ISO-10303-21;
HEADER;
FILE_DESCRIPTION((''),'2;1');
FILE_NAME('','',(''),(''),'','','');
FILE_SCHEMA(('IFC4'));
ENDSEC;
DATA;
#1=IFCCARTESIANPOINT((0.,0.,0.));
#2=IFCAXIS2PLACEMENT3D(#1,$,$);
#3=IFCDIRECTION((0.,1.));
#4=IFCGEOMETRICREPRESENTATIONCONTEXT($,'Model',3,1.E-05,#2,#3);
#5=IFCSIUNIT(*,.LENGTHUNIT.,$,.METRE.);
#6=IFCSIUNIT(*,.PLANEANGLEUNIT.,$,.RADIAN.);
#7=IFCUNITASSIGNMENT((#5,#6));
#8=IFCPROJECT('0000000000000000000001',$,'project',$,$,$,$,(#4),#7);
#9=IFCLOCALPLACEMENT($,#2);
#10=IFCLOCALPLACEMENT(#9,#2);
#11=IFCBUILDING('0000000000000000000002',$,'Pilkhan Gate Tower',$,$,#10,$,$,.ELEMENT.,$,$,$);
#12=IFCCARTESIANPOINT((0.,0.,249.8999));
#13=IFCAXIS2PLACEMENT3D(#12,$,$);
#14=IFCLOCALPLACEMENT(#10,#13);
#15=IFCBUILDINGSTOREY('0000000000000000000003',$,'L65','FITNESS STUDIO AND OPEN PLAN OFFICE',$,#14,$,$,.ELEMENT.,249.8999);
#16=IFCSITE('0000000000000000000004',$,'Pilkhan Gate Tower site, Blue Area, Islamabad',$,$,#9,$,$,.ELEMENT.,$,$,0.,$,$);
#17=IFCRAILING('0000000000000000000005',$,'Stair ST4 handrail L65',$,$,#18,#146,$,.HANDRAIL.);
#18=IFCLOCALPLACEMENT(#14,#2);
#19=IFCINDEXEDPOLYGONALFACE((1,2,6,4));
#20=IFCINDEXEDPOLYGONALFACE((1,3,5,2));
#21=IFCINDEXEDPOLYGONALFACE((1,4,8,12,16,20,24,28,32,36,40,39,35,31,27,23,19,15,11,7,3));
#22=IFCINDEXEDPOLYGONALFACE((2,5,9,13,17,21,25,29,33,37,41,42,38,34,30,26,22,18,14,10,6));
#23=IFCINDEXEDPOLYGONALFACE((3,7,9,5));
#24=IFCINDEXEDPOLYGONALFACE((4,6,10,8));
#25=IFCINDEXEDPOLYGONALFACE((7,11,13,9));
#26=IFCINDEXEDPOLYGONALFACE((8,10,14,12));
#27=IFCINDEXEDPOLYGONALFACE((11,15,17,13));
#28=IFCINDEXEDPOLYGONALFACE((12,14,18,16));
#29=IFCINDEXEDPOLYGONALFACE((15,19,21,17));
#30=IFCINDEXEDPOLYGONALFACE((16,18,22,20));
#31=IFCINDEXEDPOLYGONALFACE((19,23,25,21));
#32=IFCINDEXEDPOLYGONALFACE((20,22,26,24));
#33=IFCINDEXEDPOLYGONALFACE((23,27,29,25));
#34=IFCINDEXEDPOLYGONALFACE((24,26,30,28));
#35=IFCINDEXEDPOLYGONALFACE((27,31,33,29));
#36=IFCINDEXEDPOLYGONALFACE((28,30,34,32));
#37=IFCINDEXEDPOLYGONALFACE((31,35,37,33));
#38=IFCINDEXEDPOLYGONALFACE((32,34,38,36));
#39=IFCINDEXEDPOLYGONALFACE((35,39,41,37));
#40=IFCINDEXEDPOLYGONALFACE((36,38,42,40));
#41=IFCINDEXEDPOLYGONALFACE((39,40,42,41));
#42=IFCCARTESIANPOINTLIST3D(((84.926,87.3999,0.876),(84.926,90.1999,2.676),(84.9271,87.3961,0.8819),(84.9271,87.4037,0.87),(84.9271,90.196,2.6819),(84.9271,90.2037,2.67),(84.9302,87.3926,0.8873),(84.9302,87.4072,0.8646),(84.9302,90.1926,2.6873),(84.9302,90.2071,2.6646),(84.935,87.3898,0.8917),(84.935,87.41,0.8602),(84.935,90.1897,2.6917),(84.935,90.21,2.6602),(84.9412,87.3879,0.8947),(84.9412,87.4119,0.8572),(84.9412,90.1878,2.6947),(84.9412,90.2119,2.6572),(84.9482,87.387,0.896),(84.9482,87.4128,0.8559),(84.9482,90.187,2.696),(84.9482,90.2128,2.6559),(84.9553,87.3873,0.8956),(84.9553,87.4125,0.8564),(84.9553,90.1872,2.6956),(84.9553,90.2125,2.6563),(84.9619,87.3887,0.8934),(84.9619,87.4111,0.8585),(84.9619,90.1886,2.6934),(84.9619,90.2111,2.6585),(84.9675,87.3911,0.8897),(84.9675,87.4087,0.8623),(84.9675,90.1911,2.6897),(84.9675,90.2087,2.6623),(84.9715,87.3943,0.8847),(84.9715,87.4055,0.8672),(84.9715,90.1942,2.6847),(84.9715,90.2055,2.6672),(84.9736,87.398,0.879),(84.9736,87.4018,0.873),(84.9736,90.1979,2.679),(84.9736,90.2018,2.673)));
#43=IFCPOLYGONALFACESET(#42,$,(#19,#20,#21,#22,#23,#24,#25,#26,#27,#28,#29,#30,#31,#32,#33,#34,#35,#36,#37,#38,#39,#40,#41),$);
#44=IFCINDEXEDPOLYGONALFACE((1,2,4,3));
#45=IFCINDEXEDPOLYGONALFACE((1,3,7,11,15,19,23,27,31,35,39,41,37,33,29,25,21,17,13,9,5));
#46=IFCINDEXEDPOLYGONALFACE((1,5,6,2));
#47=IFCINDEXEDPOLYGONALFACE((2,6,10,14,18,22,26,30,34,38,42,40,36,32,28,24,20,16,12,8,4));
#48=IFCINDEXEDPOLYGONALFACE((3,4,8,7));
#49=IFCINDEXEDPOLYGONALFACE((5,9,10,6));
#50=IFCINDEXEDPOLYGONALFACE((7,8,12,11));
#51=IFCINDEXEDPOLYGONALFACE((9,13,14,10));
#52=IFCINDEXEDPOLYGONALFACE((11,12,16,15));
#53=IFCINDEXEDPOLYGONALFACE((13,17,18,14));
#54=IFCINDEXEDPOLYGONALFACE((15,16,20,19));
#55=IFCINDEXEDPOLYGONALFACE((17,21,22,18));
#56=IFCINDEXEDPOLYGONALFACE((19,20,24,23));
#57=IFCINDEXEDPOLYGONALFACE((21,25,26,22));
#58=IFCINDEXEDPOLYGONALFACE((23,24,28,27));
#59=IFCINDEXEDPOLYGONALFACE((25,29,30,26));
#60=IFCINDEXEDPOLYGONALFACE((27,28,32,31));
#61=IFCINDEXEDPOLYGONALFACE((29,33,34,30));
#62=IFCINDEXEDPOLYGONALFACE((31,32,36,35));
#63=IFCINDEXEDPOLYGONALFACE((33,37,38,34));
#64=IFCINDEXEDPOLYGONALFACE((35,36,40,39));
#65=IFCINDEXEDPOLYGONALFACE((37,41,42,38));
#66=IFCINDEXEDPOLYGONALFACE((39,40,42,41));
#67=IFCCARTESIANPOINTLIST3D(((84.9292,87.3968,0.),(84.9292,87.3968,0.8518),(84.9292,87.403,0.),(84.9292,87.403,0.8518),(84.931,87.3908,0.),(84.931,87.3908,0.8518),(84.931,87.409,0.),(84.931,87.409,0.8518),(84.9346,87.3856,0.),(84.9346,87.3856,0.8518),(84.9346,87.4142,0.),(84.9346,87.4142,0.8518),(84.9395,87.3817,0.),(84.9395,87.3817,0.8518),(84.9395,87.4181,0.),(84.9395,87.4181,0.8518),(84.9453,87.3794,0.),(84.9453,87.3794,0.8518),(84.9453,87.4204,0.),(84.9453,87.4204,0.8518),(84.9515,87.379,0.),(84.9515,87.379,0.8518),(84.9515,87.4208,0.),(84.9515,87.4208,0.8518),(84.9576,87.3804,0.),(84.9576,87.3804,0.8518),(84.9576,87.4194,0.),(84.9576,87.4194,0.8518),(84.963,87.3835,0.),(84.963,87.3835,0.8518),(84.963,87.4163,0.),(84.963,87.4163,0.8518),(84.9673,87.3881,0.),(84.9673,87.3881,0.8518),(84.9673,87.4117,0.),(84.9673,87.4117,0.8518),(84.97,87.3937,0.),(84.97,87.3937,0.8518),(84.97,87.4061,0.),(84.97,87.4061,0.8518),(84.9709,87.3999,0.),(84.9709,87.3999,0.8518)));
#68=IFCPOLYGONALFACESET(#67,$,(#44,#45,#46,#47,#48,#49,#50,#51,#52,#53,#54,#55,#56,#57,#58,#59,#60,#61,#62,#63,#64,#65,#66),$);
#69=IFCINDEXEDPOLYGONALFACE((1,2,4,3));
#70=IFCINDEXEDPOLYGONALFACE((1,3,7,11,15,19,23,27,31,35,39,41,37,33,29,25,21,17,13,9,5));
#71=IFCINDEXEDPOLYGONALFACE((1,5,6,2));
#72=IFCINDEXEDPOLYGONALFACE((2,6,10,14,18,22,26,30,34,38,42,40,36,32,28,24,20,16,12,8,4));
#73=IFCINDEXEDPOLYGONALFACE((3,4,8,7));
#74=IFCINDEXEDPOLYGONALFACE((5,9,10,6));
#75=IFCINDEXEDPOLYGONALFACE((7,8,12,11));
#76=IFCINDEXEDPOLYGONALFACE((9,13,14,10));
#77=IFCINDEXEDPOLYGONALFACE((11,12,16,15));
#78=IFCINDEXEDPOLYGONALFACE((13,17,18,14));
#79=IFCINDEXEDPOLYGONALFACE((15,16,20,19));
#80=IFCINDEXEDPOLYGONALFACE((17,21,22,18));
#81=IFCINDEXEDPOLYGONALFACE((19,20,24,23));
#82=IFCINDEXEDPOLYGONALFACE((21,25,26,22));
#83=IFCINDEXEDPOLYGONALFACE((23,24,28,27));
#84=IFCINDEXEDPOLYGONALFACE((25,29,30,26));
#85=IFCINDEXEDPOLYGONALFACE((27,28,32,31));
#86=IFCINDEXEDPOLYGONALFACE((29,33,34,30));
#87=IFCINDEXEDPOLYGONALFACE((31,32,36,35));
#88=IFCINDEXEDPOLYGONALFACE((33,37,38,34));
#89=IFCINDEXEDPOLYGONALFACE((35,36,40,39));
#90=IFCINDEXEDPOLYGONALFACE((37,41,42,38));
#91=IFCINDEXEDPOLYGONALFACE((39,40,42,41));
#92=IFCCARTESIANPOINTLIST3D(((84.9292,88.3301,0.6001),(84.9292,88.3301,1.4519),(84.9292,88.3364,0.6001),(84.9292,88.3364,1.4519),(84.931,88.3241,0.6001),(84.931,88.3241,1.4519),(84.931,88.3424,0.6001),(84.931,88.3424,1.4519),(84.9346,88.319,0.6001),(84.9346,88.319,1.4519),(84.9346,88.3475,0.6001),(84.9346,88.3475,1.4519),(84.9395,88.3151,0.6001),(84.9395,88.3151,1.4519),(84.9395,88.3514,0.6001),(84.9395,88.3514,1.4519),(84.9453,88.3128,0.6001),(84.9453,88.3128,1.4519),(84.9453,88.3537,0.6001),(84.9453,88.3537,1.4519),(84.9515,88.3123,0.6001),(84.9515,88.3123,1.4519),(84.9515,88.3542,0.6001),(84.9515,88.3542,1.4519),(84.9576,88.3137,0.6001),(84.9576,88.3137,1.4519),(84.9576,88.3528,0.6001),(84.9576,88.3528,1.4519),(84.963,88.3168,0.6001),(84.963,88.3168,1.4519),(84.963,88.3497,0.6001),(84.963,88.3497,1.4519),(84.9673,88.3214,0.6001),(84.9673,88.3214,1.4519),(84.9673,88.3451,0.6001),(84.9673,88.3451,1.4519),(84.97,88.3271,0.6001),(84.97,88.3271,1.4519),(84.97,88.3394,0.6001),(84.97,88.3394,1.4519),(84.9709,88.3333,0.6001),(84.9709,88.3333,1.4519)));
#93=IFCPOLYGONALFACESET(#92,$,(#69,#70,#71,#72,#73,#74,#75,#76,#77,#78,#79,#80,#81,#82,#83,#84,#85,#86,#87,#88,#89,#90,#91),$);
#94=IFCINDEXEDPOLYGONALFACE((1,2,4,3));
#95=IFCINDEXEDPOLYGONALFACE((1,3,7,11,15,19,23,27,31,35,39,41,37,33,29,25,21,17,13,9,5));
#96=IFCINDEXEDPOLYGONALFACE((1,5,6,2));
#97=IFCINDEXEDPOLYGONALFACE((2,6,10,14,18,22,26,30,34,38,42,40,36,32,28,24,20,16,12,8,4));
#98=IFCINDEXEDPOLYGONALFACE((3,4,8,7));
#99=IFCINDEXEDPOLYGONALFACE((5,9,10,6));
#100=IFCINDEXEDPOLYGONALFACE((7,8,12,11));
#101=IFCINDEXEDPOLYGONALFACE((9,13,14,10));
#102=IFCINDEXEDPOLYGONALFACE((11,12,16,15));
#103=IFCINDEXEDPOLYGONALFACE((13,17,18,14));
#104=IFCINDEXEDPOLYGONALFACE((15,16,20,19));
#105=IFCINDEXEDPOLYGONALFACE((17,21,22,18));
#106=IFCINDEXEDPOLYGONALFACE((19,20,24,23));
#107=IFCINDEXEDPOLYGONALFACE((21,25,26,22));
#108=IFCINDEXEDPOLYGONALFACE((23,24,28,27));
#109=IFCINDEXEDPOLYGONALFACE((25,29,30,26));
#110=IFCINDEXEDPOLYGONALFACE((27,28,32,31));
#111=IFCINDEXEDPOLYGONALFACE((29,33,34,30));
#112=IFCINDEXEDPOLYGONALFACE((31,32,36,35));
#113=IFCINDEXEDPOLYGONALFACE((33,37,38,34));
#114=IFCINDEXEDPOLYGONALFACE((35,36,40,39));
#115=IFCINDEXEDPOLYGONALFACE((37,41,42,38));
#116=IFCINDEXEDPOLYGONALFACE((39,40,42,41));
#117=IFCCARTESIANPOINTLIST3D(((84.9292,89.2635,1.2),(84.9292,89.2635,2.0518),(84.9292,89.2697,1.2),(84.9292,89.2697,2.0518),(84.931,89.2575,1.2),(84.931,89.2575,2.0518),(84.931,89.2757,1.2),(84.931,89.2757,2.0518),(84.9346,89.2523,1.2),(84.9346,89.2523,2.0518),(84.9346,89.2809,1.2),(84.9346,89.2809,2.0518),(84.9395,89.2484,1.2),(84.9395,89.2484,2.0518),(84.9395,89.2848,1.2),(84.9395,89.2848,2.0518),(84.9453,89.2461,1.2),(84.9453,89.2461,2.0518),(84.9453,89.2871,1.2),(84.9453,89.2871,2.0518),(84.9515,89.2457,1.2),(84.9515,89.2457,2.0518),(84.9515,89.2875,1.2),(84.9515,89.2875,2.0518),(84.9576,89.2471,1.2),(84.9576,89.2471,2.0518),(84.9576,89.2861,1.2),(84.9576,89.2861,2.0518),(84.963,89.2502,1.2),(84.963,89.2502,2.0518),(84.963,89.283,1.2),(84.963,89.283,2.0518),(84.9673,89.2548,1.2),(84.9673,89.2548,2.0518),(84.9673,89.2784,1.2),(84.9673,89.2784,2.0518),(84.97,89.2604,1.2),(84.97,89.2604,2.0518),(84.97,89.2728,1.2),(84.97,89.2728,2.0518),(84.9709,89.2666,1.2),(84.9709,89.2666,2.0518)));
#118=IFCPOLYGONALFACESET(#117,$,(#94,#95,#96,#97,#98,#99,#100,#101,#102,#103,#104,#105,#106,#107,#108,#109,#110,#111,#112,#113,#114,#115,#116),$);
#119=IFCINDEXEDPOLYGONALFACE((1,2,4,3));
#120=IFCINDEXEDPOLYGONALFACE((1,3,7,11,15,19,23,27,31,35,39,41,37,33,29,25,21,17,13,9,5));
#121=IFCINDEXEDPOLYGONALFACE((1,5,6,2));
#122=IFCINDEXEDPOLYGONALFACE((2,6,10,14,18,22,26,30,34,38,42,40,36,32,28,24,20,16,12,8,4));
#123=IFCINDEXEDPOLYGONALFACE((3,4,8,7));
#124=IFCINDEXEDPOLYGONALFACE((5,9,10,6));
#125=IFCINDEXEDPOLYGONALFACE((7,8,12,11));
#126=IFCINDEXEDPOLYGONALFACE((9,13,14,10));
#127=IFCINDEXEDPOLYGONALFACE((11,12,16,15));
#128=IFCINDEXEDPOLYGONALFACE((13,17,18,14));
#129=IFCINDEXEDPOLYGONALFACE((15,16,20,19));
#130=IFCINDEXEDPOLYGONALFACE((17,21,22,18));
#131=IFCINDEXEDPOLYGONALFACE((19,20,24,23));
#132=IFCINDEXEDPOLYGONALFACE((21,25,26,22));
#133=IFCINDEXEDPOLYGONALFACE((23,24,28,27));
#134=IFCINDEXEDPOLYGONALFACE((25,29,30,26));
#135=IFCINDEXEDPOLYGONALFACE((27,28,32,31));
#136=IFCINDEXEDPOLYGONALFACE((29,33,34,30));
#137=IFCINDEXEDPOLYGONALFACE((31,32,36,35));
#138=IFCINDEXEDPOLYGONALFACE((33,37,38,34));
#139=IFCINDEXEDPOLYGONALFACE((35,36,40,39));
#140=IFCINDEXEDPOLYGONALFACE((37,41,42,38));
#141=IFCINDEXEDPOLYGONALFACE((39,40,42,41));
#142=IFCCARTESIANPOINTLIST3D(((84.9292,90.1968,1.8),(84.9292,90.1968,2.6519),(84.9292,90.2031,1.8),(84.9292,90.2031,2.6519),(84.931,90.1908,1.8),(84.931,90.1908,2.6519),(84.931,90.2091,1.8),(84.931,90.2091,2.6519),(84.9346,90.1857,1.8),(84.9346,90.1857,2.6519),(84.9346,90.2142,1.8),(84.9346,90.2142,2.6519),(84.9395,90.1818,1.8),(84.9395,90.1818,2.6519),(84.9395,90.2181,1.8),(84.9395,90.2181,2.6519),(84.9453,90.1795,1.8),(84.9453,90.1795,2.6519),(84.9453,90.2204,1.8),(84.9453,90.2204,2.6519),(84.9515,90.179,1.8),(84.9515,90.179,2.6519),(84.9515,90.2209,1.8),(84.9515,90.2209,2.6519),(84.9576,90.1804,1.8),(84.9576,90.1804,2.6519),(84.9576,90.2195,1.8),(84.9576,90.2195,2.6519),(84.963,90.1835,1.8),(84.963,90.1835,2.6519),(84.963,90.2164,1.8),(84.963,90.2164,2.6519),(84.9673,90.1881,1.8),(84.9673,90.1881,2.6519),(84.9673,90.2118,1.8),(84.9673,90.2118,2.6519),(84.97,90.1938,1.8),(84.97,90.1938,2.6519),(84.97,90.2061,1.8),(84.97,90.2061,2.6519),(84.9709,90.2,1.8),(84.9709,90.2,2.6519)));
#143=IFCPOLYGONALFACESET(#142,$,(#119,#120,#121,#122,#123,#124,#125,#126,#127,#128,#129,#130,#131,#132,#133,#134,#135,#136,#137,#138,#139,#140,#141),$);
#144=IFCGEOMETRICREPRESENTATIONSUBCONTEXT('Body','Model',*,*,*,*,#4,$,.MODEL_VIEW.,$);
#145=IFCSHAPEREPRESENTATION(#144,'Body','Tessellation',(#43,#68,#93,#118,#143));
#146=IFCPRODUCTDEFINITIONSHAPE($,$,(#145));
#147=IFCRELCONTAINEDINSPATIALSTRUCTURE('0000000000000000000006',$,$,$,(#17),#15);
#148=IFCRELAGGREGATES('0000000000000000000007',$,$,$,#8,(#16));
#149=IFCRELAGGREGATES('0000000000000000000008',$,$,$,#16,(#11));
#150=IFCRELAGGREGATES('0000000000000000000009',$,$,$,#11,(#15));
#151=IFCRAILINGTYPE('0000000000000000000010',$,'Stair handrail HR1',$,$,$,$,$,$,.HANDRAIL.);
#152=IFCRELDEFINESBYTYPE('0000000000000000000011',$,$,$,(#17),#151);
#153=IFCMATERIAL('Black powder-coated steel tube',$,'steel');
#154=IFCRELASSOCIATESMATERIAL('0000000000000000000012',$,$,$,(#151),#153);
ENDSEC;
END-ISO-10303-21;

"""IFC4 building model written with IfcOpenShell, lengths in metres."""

from ifc_helpers import new_model, si_unit, direction, frame, origin, origin_2d, place, context, subcontext, project, spatial, circle, extrude, material, type_object, element, save


model = new_model("IFC4")

# Units and contexts
model_context = context("Model", 3, precision=1e-05, world=origin(), true_north=direction((0.0, 1.0)))
body_context = subcontext(model_context, "Body", "Model", "MODEL_VIEW")
ifc_project = project(units=[si_unit("LENGTHUNIT", "METRE"), si_unit("PLANEANGLEUNIT", "RADIAN")], contexts=[model_context])

# Site, building, storey
site_placement = place(None, origin())
site = spatial("IfcSite", under=ifc_project, at=site_placement, Name="Pilkhan Gate Tower site, Blue Area, Islamabad", CompositionType="ELEMENT", RefElevation=0.0)
building_placement = place(site_placement, origin())
building = spatial("IfcBuilding", under=site, at=building_placement, Name="Pilkhan Gate Tower", CompositionType="ELEMENT")
storey_placement = place(building_placement, frame((0.0, 0.0, 249.8999)))
storey = spatial("IfcBuildingStorey", under=building, at=storey_placement, Name="L65", Description="FITNESS STUDIO AND OPEN PLAN OFFICE", CompositionType="ELEMENT", Elevation=249.8999)

# Railing
ifc_material_1 = material(Name="Black powder-coated steel tube", Category="steel")
railing_type_1 = type_object("IfcRailingType", Name="Stair handrail HR1", PredefinedType="HANDRAIL", material=ifc_material_1)
railing_1_placement = place(storey_placement, frame((84.95, 87.3999, 0.0)))
element("IfcRailing", 1, at=railing_1_placement, inside=storey, type_object=railing_type_1, Name="Stair ST4 handrail L65", PredefinedType="HANDRAIL", context=body_context, shape_type="SweptSolid", body=[
    extrude(circle(Radius=0.0239, at=origin_2d()), frame((0.0, 0.0, 0.876), z_axis=(0.0, 0.841176, 0.540761), x_axis=(-1.0, 0.0, 0.0)), (0.0, 0.0, 1.0), 3.3286),
    extrude(circle(Radius=0.021, at=origin_2d()), origin(), (0.0, 0.0, 1.0), 0.8518),
    extrude(circle(Radius=0.021, at=origin_2d()), frame((0.0, 0.9333, 0.6001)), (0.0, 0.0, 1.0), 0.8518),
    extrude(circle(Radius=0.021, at=origin_2d()), frame((0.0, 1.8667, 1.2)), (0.0, 0.0, 1.0), 0.8518),
    extrude(circle(Radius=0.021, at=origin_2d()), frame((0.0, 2.8, 1.8)), (0.0, 0.0, 1.0), 0.8518),
])

save(model, "model.ifc")
